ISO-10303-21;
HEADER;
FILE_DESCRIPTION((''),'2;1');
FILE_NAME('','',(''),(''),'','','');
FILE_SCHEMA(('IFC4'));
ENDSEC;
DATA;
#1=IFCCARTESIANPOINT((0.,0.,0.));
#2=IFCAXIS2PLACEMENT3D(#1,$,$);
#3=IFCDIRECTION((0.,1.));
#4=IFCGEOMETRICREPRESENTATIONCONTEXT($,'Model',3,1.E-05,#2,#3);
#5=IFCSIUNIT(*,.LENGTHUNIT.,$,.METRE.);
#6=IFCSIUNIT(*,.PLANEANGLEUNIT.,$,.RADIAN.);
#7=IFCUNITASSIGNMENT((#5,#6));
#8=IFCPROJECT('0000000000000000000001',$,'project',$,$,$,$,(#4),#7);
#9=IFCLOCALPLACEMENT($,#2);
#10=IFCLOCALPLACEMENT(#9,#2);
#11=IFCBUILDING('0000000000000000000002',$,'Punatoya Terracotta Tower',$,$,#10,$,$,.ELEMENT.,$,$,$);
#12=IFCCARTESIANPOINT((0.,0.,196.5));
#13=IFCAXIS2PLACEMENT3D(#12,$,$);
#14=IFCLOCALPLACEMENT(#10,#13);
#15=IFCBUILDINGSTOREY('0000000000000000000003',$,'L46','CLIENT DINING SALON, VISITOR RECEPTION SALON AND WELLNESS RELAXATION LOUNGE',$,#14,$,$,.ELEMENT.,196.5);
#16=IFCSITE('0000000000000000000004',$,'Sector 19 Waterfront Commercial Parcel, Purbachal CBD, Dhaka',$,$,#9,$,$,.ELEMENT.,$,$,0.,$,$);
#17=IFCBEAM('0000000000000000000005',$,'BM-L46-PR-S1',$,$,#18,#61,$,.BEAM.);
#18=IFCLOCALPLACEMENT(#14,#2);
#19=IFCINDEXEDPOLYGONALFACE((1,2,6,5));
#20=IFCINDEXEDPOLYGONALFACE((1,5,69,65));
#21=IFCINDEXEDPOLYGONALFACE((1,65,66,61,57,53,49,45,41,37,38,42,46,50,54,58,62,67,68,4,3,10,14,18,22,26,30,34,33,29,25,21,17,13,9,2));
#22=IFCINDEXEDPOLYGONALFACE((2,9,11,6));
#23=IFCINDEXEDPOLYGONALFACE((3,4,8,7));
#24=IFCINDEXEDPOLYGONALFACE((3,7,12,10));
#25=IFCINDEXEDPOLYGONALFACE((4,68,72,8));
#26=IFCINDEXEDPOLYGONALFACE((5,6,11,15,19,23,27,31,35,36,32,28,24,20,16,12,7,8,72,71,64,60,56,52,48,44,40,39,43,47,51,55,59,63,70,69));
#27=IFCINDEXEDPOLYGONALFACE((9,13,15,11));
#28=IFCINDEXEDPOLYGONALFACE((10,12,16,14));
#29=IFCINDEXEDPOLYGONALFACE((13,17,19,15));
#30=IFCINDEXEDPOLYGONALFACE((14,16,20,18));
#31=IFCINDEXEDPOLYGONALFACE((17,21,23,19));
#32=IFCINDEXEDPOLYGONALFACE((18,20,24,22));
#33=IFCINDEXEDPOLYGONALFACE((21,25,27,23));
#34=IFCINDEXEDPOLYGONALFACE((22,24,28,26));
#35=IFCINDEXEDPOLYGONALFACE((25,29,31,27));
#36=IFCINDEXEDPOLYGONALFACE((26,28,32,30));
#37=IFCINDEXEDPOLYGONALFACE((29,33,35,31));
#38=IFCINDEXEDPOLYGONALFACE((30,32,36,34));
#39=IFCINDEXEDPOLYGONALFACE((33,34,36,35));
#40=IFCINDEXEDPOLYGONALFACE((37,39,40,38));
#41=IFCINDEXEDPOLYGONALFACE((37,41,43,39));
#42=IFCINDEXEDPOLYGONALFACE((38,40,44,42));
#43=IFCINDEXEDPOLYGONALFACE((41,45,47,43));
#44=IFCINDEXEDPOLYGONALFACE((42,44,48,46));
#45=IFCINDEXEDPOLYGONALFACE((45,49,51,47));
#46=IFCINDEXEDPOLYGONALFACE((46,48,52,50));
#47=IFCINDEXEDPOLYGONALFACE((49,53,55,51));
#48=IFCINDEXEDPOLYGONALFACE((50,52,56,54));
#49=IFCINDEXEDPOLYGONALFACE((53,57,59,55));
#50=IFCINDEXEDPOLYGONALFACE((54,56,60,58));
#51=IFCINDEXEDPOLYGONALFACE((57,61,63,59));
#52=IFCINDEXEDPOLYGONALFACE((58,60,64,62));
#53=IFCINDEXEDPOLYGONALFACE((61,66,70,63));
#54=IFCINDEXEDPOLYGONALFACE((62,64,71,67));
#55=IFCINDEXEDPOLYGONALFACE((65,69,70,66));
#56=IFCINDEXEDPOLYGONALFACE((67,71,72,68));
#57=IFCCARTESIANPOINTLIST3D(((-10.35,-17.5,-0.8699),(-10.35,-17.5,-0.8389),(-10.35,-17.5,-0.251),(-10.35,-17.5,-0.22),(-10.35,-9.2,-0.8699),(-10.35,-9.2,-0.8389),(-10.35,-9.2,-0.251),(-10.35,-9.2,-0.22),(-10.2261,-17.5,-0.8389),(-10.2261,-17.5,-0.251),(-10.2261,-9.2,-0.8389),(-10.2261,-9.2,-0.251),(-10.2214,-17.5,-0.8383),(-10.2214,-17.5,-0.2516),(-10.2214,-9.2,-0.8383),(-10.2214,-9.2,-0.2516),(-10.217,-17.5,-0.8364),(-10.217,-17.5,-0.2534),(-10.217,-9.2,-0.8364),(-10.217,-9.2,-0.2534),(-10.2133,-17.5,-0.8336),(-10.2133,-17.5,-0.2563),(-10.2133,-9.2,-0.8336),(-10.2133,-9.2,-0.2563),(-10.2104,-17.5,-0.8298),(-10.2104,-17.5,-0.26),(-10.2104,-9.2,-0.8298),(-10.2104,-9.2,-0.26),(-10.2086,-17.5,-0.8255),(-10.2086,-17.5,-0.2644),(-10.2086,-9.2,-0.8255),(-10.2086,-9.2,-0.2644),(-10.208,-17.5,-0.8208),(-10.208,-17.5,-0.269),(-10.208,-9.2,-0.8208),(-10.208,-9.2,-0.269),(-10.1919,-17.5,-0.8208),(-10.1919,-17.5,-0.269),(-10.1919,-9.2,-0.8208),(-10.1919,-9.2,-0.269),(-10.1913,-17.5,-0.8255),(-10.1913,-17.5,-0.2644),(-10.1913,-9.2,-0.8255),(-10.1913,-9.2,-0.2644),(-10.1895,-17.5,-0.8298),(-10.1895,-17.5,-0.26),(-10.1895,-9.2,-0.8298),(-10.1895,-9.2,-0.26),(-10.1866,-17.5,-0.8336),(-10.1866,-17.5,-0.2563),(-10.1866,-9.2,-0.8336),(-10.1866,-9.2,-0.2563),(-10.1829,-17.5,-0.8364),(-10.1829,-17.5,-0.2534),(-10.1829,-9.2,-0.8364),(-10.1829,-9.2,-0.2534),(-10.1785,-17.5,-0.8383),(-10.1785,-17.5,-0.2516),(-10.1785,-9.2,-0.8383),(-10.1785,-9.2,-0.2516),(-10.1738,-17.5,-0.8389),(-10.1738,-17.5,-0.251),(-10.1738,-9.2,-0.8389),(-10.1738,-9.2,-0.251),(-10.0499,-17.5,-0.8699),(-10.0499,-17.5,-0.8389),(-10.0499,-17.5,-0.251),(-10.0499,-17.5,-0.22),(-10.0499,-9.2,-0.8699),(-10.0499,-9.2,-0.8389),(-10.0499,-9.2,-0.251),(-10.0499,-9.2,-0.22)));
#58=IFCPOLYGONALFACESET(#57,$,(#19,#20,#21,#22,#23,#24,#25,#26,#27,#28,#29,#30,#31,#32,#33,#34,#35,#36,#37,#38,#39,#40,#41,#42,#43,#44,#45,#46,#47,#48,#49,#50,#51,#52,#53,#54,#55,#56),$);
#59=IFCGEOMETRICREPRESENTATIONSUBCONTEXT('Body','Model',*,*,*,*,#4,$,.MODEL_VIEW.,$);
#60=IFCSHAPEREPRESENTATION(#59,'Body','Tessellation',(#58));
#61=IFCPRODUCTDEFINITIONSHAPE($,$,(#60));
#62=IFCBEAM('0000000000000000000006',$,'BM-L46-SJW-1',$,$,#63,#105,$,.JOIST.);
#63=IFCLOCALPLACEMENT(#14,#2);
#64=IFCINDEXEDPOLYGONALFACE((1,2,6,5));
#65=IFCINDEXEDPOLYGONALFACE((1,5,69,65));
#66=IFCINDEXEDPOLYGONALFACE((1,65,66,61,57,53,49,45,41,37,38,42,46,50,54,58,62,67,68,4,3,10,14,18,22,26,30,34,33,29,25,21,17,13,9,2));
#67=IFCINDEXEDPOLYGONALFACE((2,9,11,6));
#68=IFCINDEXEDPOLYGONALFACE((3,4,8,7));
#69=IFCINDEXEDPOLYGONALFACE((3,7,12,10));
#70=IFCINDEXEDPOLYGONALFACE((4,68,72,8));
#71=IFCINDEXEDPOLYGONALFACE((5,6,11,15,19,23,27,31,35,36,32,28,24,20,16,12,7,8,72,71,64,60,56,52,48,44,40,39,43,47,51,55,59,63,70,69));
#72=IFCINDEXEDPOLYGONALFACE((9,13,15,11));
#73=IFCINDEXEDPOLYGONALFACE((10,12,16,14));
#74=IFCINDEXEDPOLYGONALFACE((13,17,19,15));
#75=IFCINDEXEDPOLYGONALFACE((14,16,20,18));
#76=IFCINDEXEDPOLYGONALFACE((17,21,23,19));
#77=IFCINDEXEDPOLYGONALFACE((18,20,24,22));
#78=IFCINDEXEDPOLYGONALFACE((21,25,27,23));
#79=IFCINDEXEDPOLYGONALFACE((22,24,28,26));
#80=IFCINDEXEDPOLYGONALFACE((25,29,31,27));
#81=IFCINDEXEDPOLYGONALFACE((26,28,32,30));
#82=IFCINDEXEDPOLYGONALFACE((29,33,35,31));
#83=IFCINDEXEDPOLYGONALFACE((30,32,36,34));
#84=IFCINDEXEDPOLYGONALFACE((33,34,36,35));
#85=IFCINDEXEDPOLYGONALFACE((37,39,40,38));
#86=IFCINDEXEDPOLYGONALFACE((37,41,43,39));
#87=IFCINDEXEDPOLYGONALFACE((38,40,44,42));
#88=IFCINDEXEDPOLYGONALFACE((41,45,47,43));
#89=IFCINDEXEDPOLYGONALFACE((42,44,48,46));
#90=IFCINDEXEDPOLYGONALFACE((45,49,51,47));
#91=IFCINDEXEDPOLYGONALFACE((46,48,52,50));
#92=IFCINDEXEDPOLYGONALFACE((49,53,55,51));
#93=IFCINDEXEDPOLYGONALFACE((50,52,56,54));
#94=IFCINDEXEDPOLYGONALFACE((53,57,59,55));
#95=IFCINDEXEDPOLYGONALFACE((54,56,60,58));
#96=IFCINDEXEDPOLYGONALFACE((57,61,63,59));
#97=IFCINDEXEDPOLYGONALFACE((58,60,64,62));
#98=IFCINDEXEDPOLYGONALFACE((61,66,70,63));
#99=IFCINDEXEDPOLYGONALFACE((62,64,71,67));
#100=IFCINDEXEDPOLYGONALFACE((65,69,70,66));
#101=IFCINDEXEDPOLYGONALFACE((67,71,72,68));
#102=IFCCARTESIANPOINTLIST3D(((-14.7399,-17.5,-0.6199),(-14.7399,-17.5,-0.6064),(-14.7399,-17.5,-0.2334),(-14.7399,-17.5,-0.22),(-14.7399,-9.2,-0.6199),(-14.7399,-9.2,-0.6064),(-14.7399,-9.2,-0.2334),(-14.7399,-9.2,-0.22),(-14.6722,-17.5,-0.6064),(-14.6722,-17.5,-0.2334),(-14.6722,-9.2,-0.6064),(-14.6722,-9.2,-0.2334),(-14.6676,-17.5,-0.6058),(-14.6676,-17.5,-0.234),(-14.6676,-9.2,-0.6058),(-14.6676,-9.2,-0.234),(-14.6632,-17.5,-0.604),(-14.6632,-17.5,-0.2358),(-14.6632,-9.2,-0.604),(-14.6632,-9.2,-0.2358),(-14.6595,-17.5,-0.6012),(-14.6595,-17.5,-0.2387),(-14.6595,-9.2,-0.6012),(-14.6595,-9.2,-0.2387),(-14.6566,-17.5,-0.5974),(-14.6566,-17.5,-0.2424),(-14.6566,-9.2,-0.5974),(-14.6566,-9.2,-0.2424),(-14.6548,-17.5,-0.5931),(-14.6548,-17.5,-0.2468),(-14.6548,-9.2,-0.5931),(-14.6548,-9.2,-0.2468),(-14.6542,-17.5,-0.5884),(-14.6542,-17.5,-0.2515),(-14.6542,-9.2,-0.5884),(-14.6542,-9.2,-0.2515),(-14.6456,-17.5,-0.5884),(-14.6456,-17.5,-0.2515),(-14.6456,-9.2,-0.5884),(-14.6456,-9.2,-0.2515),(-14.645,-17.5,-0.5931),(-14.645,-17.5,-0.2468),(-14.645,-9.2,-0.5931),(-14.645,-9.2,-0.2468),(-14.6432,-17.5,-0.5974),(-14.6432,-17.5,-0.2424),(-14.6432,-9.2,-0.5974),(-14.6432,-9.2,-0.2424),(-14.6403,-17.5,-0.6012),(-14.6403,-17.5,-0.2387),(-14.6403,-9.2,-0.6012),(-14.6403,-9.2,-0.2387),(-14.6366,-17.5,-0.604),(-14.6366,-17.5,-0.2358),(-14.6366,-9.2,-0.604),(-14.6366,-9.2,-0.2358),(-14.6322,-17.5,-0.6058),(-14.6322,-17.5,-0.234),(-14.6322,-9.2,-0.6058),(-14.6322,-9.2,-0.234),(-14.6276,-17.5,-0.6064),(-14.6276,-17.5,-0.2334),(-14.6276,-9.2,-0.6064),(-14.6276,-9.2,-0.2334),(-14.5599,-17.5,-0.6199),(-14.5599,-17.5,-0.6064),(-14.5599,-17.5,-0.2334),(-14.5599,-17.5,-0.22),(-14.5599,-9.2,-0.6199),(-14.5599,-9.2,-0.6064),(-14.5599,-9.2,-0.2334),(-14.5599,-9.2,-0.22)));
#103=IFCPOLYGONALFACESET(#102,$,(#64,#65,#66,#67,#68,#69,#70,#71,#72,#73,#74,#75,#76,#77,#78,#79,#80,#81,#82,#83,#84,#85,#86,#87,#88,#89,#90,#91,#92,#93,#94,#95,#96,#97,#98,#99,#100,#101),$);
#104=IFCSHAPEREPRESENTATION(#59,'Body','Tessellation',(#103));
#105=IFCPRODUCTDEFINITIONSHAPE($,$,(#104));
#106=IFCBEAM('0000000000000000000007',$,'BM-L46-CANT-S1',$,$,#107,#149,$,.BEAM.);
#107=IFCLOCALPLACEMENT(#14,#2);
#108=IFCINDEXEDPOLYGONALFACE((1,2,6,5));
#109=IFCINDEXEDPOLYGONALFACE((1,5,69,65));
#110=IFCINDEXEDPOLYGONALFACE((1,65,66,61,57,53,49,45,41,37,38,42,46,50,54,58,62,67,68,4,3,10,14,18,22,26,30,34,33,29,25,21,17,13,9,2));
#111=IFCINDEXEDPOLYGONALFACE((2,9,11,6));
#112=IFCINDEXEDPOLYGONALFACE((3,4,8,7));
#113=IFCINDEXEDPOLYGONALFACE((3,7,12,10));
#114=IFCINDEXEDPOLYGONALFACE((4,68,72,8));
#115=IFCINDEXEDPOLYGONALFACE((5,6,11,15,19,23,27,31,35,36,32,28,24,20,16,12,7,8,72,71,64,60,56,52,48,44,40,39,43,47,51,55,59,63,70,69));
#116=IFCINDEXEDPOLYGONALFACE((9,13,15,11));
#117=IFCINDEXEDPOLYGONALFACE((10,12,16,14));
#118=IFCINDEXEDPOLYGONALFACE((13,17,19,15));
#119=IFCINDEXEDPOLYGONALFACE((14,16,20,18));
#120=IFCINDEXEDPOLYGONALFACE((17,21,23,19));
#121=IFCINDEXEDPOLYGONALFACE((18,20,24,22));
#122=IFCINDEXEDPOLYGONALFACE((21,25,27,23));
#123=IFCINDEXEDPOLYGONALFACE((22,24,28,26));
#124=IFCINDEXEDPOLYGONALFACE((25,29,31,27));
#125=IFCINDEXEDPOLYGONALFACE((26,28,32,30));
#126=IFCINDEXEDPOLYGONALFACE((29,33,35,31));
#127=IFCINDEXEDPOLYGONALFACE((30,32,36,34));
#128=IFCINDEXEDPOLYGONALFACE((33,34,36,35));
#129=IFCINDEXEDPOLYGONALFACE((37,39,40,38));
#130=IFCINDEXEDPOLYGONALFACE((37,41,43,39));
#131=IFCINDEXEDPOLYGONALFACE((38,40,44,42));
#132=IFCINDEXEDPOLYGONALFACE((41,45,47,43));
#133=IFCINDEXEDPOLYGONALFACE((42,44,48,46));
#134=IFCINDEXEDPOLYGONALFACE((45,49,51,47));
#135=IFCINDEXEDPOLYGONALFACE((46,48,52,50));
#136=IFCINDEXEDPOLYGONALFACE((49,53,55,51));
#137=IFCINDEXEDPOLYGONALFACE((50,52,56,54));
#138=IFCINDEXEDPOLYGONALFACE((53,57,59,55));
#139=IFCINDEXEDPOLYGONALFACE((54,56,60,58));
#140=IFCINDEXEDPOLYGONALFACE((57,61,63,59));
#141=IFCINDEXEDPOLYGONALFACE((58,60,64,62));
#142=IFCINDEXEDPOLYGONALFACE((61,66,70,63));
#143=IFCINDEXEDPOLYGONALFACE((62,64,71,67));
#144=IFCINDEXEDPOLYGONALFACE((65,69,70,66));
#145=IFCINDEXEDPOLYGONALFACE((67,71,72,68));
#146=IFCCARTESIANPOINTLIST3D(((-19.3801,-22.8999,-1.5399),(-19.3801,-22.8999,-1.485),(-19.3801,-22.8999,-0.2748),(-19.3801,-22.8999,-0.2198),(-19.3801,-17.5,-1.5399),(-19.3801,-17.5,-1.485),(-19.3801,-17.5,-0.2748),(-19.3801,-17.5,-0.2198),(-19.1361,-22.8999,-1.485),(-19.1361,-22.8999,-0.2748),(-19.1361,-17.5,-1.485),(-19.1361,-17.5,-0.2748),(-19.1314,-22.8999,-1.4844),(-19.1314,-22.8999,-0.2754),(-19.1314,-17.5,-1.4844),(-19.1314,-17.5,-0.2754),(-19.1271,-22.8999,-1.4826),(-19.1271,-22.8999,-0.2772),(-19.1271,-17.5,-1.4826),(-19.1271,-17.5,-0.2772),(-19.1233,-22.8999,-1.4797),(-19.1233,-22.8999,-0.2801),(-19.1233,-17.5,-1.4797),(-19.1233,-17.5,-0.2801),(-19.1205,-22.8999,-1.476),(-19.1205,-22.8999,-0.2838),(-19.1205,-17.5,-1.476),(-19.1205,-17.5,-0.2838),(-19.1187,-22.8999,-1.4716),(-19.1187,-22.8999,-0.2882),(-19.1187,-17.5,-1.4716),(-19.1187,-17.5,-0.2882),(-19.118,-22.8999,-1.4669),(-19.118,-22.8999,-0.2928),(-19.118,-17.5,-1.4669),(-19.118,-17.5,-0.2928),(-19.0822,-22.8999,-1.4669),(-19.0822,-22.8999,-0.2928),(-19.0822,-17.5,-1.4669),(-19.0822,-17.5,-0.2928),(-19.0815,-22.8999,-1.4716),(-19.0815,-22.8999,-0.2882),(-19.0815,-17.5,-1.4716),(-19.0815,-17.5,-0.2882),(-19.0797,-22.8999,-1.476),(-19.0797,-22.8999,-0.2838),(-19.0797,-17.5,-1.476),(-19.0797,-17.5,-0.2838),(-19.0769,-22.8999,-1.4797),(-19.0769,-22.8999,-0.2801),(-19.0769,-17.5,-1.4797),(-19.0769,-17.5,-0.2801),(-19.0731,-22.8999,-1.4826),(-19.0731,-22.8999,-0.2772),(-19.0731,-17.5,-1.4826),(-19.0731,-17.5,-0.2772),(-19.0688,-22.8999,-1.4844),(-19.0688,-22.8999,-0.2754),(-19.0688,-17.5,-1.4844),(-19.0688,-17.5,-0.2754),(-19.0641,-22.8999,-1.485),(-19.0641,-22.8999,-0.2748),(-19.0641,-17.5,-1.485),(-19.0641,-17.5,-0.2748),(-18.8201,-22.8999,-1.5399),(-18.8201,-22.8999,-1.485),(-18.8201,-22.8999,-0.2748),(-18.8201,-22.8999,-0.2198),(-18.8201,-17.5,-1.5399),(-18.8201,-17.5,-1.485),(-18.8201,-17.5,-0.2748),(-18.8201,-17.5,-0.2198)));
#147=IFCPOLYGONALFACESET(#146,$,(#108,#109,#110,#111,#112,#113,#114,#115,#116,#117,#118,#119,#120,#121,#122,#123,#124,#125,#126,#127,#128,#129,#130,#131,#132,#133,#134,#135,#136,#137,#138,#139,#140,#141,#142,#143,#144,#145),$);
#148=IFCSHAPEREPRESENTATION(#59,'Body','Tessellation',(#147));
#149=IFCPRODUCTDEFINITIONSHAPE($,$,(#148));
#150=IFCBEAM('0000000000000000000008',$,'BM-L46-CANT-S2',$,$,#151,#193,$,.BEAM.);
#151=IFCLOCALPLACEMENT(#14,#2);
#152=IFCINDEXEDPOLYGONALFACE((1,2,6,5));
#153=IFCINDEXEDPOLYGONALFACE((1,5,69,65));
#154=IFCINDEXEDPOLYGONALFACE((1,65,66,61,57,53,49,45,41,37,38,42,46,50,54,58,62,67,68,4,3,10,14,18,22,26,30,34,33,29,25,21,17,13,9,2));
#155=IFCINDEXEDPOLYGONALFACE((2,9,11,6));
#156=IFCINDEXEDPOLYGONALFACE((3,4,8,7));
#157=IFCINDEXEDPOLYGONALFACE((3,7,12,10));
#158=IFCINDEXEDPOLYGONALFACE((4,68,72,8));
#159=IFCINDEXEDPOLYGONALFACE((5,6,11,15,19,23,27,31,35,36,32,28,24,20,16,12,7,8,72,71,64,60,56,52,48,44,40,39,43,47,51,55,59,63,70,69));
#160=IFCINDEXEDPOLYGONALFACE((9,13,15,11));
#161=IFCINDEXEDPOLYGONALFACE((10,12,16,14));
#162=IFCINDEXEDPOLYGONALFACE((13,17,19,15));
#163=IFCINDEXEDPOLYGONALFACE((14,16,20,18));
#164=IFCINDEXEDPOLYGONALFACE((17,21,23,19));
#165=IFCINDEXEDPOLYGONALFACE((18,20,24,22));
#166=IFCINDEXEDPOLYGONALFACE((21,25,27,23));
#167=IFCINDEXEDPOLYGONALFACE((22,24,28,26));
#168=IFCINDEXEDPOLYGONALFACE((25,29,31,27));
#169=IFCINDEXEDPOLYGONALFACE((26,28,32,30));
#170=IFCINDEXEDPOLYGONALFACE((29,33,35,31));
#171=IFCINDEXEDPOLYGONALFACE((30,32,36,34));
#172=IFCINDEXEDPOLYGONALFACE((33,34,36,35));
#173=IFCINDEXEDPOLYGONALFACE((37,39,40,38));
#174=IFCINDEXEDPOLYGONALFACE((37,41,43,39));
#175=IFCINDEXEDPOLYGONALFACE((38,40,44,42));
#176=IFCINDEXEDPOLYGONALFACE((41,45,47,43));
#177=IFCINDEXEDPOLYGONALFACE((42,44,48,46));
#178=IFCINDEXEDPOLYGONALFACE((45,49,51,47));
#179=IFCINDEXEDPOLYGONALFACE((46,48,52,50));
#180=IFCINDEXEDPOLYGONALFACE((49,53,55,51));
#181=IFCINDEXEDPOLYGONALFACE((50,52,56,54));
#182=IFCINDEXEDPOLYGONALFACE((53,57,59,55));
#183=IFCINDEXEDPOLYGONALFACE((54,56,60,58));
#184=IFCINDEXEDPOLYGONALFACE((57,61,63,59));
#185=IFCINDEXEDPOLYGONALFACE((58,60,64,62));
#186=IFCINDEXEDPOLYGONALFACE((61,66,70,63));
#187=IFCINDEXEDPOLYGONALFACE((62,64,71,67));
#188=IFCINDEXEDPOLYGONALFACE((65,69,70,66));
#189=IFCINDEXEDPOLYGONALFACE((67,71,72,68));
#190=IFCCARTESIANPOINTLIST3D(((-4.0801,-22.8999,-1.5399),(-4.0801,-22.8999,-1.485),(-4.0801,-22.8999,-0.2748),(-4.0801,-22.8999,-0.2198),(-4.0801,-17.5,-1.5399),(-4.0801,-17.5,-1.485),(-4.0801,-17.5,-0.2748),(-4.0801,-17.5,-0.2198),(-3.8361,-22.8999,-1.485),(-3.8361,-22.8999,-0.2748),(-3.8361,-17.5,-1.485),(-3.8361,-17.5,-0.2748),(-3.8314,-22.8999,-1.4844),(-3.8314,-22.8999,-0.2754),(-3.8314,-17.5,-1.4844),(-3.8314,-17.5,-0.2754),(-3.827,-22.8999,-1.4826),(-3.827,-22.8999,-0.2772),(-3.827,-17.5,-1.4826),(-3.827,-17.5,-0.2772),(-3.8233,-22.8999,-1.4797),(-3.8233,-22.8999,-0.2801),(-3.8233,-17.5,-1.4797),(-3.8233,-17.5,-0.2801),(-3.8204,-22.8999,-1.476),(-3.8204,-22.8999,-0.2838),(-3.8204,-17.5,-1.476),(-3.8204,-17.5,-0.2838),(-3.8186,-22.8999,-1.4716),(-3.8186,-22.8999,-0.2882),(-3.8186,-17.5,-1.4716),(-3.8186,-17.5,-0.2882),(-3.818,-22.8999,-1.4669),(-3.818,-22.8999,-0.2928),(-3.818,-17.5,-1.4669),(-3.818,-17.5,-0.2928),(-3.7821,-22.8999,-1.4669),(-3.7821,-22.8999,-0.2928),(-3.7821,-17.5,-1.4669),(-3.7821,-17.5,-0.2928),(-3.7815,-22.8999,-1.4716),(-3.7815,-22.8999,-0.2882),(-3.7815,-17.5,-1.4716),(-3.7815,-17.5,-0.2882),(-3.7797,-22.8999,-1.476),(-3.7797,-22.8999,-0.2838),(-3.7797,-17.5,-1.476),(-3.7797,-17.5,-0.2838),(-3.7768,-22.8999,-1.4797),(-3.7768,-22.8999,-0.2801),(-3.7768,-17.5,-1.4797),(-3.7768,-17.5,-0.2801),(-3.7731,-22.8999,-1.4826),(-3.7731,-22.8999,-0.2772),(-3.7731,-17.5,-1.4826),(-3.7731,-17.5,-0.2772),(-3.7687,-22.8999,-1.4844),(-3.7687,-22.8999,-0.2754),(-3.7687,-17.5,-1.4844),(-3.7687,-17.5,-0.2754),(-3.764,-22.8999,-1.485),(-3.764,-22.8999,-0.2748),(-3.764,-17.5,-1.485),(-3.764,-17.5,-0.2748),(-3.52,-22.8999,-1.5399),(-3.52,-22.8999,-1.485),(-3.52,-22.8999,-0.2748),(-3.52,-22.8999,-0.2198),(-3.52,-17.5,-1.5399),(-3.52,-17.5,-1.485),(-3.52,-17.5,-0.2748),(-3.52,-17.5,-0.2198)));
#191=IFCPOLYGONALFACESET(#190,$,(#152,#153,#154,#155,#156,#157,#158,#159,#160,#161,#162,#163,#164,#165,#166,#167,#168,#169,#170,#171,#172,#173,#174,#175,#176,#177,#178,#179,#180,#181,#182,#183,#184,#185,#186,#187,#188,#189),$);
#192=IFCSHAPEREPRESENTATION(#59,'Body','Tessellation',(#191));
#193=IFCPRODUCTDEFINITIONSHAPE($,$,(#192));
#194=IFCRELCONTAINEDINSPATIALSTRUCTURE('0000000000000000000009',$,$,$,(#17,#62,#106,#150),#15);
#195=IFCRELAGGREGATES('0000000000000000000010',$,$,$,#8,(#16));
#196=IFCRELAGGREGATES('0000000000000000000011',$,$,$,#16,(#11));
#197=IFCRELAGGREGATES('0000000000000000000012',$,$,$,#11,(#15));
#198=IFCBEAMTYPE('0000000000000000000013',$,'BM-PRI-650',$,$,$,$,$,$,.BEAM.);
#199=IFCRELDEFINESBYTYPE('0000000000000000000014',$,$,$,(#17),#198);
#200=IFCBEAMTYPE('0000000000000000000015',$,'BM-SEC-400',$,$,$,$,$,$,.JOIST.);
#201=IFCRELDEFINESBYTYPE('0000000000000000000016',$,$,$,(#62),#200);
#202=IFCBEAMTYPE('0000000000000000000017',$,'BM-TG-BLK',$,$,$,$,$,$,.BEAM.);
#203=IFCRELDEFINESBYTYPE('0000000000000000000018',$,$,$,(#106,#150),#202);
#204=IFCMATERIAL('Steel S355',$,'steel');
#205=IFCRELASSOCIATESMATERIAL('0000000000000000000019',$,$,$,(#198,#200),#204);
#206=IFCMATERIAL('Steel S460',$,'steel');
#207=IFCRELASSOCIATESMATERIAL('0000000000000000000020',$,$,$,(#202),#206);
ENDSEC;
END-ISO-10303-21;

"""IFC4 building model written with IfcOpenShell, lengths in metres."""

from ifc_helpers import new_model, si_unit, direction, frame, origin, origin_2d, place, context, subcontext, project, spatial, i_section, extrude, material, material_profile, profile_set, type_object, element, save


model = new_model("IFC4")

# Units and contexts
model_context = context("Model", 3, precision=1e-05, world=origin(), true_north=direction((0.0, 1.0)))
body_context = subcontext(model_context, "Body", "Model", "MODEL_VIEW")
ifc_project = project(units=[si_unit("LENGTHUNIT", "METRE"), si_unit("PLANEANGLEUNIT", "RADIAN")], contexts=[model_context])

# Site, building, storey
site_placement = place(None, origin())
site = spatial("IfcSite", under=ifc_project, at=site_placement, Name="Sector 19 Waterfront Commercial Parcel, Purbachal CBD, Dhaka", CompositionType="ELEMENT", RefElevation=0.0)
building_placement = place(site_placement, origin())
building = spatial("IfcBuilding", under=site, at=building_placement, Name="Punatoya Terracotta Tower", CompositionType="ELEMENT")
storey_placement = place(building_placement, frame((0.0, 0.0, 196.5)))
storey = spatial("IfcBuildingStorey", under=building, at=storey_placement, Name="L46", Description="CLIENT DINING SALON, VISITOR RECEPTION SALON AND WELLNESS RELAXATION LOUNGE", CompositionType="ELEMENT", Elevation=196.5)

# Shared definitions
ifc_material_1 = material(Name="Steel S460", Category="steel")

# Beams
ifc_material_2 = material(Name="Steel S355", Category="steel")
ifc_material_profile_1 = material_profile(ifc_material_2, i_section(OverallWidth=0.3, OverallDepth=0.6499, WebThickness=0.0161, FlangeThickness=0.031, FilletRadius=0.0181, at=origin_2d()))
ifc_profile_set_1 = profile_set([ifc_material_profile_1], Name="Steel S355")
beam_type_1 = type_object("IfcBeamType", Name="BM-PRI-650", PredefinedType="BEAM", material=ifc_profile_set_1)
beam_1_placement = place(storey_placement, frame((-10.2, -17.5, -0.5449), z_axis=(0.0, 1.0, 0.0), x_axis=(-1.0, 0.0, 0.0)))
element("IfcBeam", 1, at=beam_1_placement, inside=storey, type_object=beam_type_1, Name="BM-L46-PR-S1", PredefinedType="BEAM", context=body_context, shape_type="SweptSolid", body=[
    extrude(i_section(OverallWidth=0.3, OverallDepth=0.6499, WebThickness=0.0161, FlangeThickness=0.031, FilletRadius=0.0181, at=origin_2d()), origin(), (0.0, 0.0, 1.0), 8.3),
])
ifc_material_profile_2 = material_profile(ifc_material_2, i_section(OverallWidth=0.1799, OverallDepth=0.3999, WebThickness=0.0085, FlangeThickness=0.0134, FilletRadius=0.0181, at=origin_2d()))
ifc_profile_set_2 = profile_set([ifc_material_profile_2], Name="Steel S355")
beam_type_2 = type_object("IfcBeamType", Name="BM-SEC-400", PredefinedType="JOIST", material=ifc_profile_set_2)
beam_2_placement = place(storey_placement, frame((-14.6499, -17.5, -0.4199), z_axis=(0.0, 1.0, 0.0), x_axis=(-1.0, 0.0, 0.0)))
element("IfcBeam", 2, at=beam_2_placement, inside=storey, type_object=beam_type_2, Name="BM-L46-SJW-1", PredefinedType="JOIST", context=body_context, shape_type="SweptSolid", body=[
    extrude(i_section(OverallWidth=0.1799, OverallDepth=0.3999, WebThickness=0.0085, FlangeThickness=0.0134, FilletRadius=0.0181, at=origin_2d()), origin(), (0.0, 0.0, 1.0), 8.3),
])
ifc_material_profile_3 = material_profile(ifc_material_1, i_section(OverallWidth=0.5601, OverallDepth=1.3201, WebThickness=0.0359, FlangeThickness=0.0549, FilletRadius=0.0181, at=origin_2d()))
ifc_profile_set_3 = profile_set([ifc_material_profile_3], Name="Steel S460")
beam_type_3 = type_object("IfcBeamType", Name="BM-TG-BLK", PredefinedType="BEAM", material=ifc_profile_set_3)
for number, where, z_axis, x_axis, name in (
    (3, (-19.1001, -22.8999, -0.8799), (0.0, 1.0, 0.0), (-1.0, 0.0, 0.0), "BM-L46-CANT-S1"),
    (4, (-3.8, -22.8999, -0.8799), (0.0, 1.0, 0.0), (-1.0, 0.0, 0.0), "BM-L46-CANT-S2"),
):
    element("IfcBeam", number, at=place(storey_placement, frame(where, z_axis=z_axis, x_axis=x_axis)), inside=storey, type_object=beam_type_3, Name=name, PredefinedType="BEAM", context=body_context, shape_type="SweptSolid", body=[
        extrude(i_section(OverallWidth=0.5601, OverallDepth=1.3201, WebThickness=0.0359, FlangeThickness=0.0549, FilletRadius=0.0181, at=origin_2d()), origin(), (0.0, 0.0, 1.0), 5.3999),
    ])

save(model, "model.ifc")
